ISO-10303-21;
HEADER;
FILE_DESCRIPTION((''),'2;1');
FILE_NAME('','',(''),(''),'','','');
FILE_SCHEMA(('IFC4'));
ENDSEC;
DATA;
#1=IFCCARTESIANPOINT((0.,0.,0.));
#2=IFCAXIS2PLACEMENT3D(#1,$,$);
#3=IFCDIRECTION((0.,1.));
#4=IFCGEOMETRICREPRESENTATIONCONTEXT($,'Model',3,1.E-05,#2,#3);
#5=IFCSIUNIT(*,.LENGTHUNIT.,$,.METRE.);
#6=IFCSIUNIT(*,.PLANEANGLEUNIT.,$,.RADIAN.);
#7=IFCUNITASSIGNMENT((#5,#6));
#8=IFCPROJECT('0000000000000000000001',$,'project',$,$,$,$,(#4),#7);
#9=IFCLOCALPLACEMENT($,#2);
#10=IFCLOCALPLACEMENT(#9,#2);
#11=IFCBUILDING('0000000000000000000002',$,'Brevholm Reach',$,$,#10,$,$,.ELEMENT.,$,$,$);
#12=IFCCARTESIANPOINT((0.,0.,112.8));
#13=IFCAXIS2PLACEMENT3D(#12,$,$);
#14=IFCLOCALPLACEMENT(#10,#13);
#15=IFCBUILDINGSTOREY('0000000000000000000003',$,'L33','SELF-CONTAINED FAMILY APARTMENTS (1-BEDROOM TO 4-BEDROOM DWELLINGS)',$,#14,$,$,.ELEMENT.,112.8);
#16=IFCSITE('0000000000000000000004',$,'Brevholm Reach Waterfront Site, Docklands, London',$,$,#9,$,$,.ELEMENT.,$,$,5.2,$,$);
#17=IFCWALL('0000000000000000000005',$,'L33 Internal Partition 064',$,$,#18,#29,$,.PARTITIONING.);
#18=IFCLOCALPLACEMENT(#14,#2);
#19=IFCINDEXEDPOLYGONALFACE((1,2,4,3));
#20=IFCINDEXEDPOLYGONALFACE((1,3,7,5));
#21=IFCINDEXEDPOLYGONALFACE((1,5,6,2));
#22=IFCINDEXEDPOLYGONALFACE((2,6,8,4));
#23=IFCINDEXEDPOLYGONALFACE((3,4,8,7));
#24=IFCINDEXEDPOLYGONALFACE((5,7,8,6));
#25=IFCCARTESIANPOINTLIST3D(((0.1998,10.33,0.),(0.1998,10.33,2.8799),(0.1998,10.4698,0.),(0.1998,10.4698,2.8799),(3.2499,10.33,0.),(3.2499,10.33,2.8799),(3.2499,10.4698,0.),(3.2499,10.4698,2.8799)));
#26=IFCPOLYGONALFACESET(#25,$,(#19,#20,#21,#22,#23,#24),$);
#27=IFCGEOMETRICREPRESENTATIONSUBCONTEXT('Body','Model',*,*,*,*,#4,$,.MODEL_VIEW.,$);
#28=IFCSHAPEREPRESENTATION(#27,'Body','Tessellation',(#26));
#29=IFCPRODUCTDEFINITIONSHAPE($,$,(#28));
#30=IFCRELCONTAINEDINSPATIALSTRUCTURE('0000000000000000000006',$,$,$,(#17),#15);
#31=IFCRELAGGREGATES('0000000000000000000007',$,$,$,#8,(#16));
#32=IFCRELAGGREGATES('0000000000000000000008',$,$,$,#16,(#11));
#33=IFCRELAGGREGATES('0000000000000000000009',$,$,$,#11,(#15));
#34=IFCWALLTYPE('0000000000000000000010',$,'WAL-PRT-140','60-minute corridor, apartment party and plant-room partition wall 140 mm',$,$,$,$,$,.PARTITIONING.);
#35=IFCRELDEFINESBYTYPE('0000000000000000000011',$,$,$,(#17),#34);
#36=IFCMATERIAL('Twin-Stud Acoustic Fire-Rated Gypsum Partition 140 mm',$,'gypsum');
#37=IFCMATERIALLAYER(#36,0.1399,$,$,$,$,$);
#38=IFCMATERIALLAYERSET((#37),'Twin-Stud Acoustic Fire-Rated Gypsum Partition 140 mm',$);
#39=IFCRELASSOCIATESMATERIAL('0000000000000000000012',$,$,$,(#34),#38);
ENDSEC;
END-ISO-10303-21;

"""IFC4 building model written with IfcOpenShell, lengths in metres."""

from ifc_helpers import new_model, si_unit, direction, frame, frame_2d, origin, place, context, subcontext, project, spatial, rectangle, extrude, material, layer, layer_set, type_object, element, save


model = new_model("IFC4")

# Units and contexts
model_context = context("Model", 3, precision=1e-05, world=origin(), true_north=direction((0.0, 1.0)))
body_context = subcontext(model_context, "Body", "Model", "MODEL_VIEW")
ifc_project = project(units=[si_unit("LENGTHUNIT", "METRE"), si_unit("PLANEANGLEUNIT", "RADIAN")], contexts=[model_context])

# Site, building, storey
site_placement = place(None, origin())
site = spatial("IfcSite", under=ifc_project, at=site_placement, Name="Brevholm Reach Waterfront Site, Docklands, London", CompositionType="ELEMENT", RefElevation=5.2)
building_placement = place(site_placement, origin())
building = spatial("IfcBuilding", under=site, at=building_placement, Name="Brevholm Reach", CompositionType="ELEMENT")
storey_placement = place(building_placement, frame((0.0, 0.0, 112.8)))
storey = spatial("IfcBuildingStorey", under=building, at=storey_placement, Name="L33", Description="SELF-CONTAINED FAMILY APARTMENTS (1-BEDROOM TO 4-BEDROOM DWELLINGS)", CompositionType="ELEMENT", Elevation=112.8)

# Wall
ifc_material_1 = material(Name="Twin-Stud Acoustic Fire-Rated Gypsum Partition 140 mm", Category="gypsum")
ifc_layer_1 = layer(ifc_material_1, 0.1399)
ifc_layer_set_1 = layer_set([ifc_layer_1], Name="Twin-Stud Acoustic Fire-Rated Gypsum Partition 140 mm")
wall_type_1 = type_object("IfcWallType", Name="WAL-PRT-140", Description="60-minute corridor, apartment party and plant-room partition wall 140 mm", PredefinedType="PARTITIONING", material=ifc_layer_set_1)
wall_1_placement = place(storey_placement, frame((0.2, 10.3999, 0.0), z_axis=(0.0, 0.0, 1.0), x_axis=(1.0, 0.0, 0.0)))
element("IfcWall", 1, at=wall_1_placement, inside=storey, type_object=wall_type_1, Name="L33 Internal Partition 064", PredefinedType="PARTITIONING", context=body_context, shape_type="SweptSolid", body=[
    extrude(rectangle(XDim=3.05, YDim=0.1399, at=frame_2d((1.5249, 0.0))), origin(), (0.0, 0.0, 1.0), 2.8799),
])

save(model, "model.ifc")
